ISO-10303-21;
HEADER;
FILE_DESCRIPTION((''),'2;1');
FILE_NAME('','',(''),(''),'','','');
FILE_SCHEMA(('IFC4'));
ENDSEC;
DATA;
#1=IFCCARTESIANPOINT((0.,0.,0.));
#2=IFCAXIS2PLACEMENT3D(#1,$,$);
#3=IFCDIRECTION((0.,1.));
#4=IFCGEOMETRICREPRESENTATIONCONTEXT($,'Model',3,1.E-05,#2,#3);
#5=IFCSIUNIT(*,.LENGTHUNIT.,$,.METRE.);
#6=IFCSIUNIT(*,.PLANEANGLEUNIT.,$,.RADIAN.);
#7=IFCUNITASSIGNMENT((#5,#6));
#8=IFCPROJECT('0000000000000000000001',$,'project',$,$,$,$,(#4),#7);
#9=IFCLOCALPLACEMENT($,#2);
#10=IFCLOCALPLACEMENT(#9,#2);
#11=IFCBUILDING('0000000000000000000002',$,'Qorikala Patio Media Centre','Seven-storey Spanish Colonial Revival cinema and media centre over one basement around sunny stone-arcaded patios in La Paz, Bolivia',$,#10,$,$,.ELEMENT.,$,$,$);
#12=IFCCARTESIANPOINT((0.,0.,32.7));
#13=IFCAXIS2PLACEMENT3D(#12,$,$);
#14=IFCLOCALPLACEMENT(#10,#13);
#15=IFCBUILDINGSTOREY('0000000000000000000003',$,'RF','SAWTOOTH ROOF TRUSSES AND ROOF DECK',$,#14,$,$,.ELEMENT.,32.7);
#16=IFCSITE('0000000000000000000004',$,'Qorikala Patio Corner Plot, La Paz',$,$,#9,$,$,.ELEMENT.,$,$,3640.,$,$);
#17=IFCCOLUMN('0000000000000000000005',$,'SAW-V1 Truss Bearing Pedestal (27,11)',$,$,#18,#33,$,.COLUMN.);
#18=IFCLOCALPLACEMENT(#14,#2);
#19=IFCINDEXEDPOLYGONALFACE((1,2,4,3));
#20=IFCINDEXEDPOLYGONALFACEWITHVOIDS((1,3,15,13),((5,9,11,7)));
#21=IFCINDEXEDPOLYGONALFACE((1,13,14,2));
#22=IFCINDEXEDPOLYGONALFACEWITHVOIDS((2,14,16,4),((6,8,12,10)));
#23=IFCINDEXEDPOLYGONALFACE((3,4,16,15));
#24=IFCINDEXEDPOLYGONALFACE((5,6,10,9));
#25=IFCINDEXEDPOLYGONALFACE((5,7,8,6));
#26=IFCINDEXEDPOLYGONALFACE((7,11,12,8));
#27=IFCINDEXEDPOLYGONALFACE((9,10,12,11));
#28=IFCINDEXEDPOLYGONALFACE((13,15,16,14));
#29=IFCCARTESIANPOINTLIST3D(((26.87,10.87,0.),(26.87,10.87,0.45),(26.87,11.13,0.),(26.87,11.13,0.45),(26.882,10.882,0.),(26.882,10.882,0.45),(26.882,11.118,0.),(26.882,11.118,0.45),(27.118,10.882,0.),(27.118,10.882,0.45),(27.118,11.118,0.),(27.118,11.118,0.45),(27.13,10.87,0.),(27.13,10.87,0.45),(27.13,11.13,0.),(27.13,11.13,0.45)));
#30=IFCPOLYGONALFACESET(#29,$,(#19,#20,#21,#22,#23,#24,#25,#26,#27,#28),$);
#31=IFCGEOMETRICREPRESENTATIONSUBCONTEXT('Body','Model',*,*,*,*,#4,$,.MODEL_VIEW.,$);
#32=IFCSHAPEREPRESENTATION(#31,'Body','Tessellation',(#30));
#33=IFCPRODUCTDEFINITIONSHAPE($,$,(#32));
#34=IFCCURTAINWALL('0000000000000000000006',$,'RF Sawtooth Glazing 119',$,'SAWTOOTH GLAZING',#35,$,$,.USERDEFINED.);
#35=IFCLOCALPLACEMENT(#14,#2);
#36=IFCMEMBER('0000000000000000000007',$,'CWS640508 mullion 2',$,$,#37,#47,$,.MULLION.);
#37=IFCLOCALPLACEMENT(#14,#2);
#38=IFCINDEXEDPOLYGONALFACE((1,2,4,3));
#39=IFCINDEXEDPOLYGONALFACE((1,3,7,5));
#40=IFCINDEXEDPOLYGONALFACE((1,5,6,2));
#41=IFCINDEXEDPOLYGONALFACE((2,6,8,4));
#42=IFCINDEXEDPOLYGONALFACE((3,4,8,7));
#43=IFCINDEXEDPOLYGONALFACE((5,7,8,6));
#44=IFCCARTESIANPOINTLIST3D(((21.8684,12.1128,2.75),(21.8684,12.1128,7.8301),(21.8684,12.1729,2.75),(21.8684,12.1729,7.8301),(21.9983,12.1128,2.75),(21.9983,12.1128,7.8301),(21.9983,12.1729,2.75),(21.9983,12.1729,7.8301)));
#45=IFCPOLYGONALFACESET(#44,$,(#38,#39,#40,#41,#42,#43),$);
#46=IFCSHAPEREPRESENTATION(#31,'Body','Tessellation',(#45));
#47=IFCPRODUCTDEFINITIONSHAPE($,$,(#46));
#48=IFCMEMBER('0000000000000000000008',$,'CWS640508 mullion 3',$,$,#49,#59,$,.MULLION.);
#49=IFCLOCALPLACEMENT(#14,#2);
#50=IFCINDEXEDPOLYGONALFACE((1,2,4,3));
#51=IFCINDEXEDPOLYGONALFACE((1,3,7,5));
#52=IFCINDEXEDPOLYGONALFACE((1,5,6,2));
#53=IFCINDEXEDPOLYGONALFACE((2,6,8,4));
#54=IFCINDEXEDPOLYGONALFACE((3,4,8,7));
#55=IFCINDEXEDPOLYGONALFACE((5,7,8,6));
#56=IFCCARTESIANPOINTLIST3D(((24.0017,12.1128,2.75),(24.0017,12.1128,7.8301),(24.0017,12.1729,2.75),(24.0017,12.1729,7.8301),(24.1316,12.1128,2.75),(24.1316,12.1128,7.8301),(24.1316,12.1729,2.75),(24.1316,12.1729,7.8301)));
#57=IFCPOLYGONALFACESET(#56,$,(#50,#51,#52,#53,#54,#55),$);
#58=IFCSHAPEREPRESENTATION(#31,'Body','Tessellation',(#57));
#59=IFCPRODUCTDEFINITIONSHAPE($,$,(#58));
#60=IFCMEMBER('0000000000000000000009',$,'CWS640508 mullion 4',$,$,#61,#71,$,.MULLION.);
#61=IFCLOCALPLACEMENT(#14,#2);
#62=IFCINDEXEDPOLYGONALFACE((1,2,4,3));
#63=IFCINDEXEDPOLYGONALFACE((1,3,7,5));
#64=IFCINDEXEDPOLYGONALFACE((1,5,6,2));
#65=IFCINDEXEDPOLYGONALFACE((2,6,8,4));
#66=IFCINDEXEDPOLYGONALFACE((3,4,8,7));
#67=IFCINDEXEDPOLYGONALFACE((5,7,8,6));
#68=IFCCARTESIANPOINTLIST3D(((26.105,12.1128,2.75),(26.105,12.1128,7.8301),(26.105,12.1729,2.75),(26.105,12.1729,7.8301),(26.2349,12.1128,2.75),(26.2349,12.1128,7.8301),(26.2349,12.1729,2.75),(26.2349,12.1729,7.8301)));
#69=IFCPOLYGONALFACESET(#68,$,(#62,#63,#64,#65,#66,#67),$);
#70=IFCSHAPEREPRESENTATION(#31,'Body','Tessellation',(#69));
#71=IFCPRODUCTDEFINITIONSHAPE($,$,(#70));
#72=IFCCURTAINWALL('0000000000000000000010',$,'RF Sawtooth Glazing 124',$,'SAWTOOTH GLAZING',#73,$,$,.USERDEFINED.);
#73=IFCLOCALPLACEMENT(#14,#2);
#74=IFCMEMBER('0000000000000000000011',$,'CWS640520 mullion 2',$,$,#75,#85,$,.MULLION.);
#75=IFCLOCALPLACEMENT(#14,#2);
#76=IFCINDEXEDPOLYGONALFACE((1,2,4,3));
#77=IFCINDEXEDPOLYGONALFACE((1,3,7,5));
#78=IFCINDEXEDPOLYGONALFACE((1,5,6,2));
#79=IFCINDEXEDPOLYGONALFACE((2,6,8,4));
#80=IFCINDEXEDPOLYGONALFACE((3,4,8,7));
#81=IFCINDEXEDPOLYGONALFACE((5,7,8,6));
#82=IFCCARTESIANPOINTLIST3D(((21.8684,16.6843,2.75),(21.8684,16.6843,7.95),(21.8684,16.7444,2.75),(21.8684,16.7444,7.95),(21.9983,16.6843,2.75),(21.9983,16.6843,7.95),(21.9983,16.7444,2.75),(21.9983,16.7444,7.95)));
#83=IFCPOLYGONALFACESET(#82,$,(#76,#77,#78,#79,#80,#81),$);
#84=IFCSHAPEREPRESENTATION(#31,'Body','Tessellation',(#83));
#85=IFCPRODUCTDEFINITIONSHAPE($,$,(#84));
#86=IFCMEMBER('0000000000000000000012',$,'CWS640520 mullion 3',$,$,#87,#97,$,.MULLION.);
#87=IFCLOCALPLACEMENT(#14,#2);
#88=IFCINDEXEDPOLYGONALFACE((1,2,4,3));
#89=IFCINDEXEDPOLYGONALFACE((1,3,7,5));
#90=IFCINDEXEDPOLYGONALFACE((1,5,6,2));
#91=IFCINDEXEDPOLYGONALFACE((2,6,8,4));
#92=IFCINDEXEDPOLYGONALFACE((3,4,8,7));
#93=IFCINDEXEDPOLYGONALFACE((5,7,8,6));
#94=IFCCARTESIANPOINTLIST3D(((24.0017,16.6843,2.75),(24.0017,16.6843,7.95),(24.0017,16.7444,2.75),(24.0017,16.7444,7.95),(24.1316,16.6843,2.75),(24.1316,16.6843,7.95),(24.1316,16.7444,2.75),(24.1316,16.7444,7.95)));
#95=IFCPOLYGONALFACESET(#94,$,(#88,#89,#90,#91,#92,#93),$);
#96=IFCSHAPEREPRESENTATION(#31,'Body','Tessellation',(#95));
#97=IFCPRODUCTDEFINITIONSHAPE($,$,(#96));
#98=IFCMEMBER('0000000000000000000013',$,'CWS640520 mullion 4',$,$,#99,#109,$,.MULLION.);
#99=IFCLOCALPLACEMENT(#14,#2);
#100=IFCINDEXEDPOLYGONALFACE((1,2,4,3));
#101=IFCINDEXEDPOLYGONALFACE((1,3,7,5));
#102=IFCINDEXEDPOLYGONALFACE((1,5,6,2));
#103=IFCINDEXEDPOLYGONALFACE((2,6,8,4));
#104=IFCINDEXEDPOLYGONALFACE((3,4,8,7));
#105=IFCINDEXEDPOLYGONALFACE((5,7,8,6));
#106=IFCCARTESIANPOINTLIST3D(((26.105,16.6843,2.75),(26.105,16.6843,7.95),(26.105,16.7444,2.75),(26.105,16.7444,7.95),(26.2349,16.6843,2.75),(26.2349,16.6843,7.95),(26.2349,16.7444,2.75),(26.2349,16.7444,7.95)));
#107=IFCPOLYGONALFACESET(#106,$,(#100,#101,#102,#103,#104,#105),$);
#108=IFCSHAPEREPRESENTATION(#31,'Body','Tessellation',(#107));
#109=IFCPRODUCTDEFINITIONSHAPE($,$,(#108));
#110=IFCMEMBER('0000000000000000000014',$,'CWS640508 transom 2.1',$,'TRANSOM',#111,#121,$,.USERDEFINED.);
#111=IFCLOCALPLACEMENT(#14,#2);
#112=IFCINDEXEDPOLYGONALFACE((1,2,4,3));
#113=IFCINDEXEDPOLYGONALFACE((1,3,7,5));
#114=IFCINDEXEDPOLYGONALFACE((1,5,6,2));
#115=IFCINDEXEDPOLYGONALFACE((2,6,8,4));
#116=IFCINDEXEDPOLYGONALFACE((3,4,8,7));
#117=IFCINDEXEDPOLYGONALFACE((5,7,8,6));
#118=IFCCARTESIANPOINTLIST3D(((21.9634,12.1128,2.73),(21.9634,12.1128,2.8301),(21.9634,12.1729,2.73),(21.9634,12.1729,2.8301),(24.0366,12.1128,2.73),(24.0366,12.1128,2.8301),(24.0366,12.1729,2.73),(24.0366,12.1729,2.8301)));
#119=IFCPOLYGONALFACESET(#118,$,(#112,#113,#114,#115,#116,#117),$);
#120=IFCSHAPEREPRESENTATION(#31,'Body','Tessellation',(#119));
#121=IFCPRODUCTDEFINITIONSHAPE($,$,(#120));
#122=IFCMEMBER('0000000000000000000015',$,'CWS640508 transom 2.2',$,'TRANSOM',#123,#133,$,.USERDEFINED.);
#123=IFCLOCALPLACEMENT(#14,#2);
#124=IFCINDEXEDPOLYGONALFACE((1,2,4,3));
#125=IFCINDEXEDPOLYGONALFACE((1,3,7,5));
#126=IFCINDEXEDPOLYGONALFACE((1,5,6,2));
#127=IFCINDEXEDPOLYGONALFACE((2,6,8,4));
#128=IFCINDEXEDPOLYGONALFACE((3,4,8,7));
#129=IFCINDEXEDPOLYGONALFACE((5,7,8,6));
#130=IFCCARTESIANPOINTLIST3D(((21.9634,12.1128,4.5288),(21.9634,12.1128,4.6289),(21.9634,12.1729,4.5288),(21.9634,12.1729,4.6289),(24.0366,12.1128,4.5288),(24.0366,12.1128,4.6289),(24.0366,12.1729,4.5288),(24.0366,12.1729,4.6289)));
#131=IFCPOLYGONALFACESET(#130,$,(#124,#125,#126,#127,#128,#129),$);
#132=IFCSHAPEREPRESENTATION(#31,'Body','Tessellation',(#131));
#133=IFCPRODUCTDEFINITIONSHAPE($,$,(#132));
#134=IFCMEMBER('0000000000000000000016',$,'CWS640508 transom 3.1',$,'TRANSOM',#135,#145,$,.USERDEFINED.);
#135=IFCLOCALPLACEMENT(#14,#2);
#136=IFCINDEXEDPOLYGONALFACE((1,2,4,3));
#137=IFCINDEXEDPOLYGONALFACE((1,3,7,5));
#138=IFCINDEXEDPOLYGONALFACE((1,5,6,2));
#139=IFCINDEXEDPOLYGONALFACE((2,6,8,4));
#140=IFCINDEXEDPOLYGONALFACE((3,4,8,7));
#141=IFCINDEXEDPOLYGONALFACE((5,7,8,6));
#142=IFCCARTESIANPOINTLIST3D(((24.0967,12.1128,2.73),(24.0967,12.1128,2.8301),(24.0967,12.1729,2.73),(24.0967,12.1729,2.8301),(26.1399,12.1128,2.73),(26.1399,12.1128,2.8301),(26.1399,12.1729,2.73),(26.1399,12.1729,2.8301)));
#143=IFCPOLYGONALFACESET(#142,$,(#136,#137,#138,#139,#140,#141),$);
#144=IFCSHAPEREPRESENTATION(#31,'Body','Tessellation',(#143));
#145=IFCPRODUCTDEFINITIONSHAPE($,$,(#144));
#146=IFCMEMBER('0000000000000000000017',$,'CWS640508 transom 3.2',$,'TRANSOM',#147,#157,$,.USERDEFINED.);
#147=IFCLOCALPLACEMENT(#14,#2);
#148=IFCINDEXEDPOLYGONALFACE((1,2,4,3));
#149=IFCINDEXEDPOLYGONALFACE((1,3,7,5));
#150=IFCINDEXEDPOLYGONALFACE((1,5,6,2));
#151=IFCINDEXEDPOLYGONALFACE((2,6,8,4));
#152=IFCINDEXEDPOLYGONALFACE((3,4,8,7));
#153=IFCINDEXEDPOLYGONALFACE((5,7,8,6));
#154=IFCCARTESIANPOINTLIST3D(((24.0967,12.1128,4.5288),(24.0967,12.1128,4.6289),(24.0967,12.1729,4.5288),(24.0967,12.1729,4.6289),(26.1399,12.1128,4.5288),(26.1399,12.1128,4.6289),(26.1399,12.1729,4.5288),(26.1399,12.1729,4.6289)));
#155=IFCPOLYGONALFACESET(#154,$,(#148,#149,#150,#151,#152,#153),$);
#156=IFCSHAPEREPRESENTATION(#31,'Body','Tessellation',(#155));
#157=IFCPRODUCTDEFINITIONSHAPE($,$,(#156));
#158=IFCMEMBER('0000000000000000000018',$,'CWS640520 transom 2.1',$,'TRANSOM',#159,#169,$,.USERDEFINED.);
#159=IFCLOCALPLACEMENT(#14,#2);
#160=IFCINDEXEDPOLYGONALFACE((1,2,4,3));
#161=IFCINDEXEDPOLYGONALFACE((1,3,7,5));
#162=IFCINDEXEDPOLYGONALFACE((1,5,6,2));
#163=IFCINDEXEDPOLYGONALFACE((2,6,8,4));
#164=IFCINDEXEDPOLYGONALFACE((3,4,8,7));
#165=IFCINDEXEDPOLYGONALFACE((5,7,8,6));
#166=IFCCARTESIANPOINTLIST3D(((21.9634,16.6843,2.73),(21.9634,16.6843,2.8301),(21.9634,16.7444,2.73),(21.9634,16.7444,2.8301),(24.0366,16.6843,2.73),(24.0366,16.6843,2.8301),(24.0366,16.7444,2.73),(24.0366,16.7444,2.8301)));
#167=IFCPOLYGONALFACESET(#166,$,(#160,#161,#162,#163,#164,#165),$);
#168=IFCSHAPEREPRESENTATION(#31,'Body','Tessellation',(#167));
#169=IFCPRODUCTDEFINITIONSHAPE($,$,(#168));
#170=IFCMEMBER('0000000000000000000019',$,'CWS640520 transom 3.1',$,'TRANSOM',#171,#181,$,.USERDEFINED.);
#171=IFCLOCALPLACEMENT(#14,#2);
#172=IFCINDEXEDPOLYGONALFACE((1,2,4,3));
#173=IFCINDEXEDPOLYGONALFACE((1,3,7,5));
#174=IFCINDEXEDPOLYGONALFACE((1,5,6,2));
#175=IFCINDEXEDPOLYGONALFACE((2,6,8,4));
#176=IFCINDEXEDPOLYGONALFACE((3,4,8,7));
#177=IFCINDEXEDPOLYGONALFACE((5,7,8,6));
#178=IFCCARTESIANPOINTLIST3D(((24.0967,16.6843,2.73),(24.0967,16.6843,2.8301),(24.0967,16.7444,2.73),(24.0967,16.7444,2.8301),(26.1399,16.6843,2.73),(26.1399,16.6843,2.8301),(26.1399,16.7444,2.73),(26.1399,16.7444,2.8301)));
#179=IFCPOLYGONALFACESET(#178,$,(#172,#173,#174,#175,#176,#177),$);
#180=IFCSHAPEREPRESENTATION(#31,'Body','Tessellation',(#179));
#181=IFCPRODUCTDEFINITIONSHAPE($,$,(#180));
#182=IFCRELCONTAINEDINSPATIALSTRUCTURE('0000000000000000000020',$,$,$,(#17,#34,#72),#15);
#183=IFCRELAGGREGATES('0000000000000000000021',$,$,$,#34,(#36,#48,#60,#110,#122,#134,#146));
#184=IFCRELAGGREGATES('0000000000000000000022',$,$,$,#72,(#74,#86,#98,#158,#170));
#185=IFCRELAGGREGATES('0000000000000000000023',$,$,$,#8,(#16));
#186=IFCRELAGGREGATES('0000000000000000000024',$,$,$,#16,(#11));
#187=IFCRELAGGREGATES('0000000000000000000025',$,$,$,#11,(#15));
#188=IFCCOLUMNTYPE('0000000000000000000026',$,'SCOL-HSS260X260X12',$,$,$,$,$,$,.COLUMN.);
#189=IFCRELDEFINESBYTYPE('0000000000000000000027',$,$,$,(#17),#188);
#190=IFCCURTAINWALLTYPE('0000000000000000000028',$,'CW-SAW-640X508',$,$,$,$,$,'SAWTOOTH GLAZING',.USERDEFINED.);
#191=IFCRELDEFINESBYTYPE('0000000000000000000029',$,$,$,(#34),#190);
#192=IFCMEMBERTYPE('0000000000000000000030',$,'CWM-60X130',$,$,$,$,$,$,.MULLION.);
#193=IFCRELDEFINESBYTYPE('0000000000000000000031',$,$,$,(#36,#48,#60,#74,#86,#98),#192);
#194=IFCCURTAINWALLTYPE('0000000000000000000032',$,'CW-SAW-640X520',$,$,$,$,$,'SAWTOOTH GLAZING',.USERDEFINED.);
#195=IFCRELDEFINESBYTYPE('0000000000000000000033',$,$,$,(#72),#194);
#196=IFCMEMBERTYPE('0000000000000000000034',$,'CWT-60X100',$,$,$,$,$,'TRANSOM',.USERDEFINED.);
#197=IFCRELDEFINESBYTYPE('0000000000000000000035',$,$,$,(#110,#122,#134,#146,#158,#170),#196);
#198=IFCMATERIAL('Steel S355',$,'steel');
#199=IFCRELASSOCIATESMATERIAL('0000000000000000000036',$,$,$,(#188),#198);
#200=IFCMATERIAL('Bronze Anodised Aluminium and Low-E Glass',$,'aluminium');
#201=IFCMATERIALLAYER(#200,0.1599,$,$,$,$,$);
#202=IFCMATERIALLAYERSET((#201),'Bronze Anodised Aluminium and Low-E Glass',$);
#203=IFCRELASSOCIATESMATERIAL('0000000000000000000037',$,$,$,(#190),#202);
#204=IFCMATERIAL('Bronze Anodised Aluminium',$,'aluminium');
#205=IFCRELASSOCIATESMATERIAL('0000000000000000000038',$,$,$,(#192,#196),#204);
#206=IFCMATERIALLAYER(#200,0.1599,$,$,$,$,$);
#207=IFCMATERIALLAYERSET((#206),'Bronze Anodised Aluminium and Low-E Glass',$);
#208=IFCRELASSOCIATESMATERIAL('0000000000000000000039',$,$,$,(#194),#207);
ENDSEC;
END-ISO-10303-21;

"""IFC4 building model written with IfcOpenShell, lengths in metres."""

from ifc_helpers import new_model, si_unit, direction, frame, origin, origin_2d, place, context, subcontext, project, spatial, rectangle, hollow_rectangle, extrude, material, layer, layer_set, material_profile, profile_set, type_object, element, aggregate, save


model = new_model("IFC4")

# Units and contexts
model_context = context("Model", 3, precision=1e-05, world=origin(), true_north=direction((0.0, 1.0)))
body_context = subcontext(model_context, "Body", "Model", "MODEL_VIEW")
ifc_project = project(units=[si_unit("LENGTHUNIT", "METRE"), si_unit("PLANEANGLEUNIT", "RADIAN")], contexts=[model_context])

# Site, building, storey
site_placement = place(None, origin())
site = spatial("IfcSite", under=ifc_project, at=site_placement, Name="Qorikala Patio Corner Plot, La Paz", CompositionType="ELEMENT", RefElevation=3640.0)
building_placement = place(site_placement, origin())
building = spatial("IfcBuilding", under=site, at=building_placement, Name="Qorikala Patio Media Centre", Description="Seven-storey Spanish Colonial Revival cinema and media centre over one basement around sunny stone-arcaded patios in La Paz, Bolivia", CompositionType="ELEMENT")
storey_placement = place(building_placement, frame((0.0, 0.0, 32.7)))
storey = spatial("IfcBuildingStorey", under=building, at=storey_placement, Name="RF", Description="SAWTOOTH ROOF TRUSSES AND ROOF DECK", CompositionType="ELEMENT", Elevation=32.7)

# Column
ifc_material_1 = material(Name="Steel S355", Category="steel")
ifc_material_profile_1 = material_profile(ifc_material_1, hollow_rectangle(XDim=0.26, YDim=0.26, WallThickness=0.012, at=origin_2d()), Name="HSS260X260X12")
ifc_profile_set_1 = profile_set([ifc_material_profile_1], Name="Steel S355")
column_type = type_object("IfcColumnType", Name="SCOL-HSS260X260X12", PredefinedType="COLUMN", material=ifc_profile_set_1)
column_placement = place(storey_placement, frame((27.0, 11.0, 0.0), z_axis=(0.0, 0.0, 1.0), x_axis=(1.0, 0.0, 0.0)))
element("IfcColumn", 1, at=column_placement, inside=storey, type_object=column_type, Name="SAW-V1 Truss Bearing Pedestal (27,11)", PredefinedType="COLUMN", context=body_context, shape_type="SweptSolid", body=[
    extrude(hollow_rectangle(XDim=0.26, YDim=0.26, WallThickness=0.012, at=origin_2d()), origin(), (0.0, 0.0, 1.0), 0.45),
])

# Curtain walls, members
ifc_material_2 = material(Name="Bronze Anodised Aluminium and Low-E Glass", Category="aluminium")
ifc_layer_1 = layer(ifc_material_2, 0.1599)
ifc_layer_set_1 = layer_set([ifc_layer_1], Name="Bronze Anodised Aluminium and Low-E Glass")
curtain_wall_type_1 = type_object("IfcCurtainWallType", Name="CW-SAW-640X508", ElementType="SAWTOOTH GLAZING", PredefinedType="USERDEFINED", material=ifc_layer_set_1)
curtain_wall_1_placement = place(storey_placement, origin())
curtain_wall_1 = element("IfcCurtainWall", 2, at=curtain_wall_1_placement, inside=storey, type_object=curtain_wall_type_1, Name="RF Sawtooth Glazing 119", ObjectType="SAWTOOTH GLAZING", PredefinedType="USERDEFINED")
ifc_material_3 = material(Name="Bronze Anodised Aluminium", Category="aluminium")
ifc_material_profile_2 = material_profile(ifc_material_3, rectangle(XDim=0.0601, YDim=0.1299, at=origin_2d()), Name="ALU MULLION 60x130")
ifc_profile_set_2 = profile_set([ifc_material_profile_2], Name="Bronze Anodised Aluminium")
member_type_1 = type_object("IfcMemberType", Name="CWM-60X130", PredefinedType="MULLION", material=ifc_profile_set_2)
member_1_placement = place(storey_placement, frame((21.9333, 12.1428, 2.75), z_axis=(0.0, 0.0, 1.0), x_axis=(0.0, 1.0, 0.0)))
member_1 = element("IfcMember", 3, at=member_1_placement, type_object=member_type_1, Name="CWS640508 mullion 2", PredefinedType="MULLION", context=body_context, shape_type="SweptSolid", body=[
    extrude(rectangle(XDim=0.0601, YDim=0.1299, at=origin_2d()), origin(), (0.0, 0.0, 1.0), 5.0801),
])
member_2_placement = place(storey_placement, frame((24.0667, 12.1428, 2.75), z_axis=(0.0, 0.0, 1.0), x_axis=(0.0, 1.0, 0.0)))
member_2 = element("IfcMember", 4, at=member_2_placement, type_object=member_type_1, Name="CWS640508 mullion 3", PredefinedType="MULLION", context=body_context, shape_type="SweptSolid", body=[
    extrude(rectangle(XDim=0.0601, YDim=0.1299, at=origin_2d()), origin(), (0.0, 0.0, 1.0), 5.0801),
])
member_3_placement = place(storey_placement, frame((26.1699, 12.1428, 2.75), z_axis=(0.0, 0.0, 1.0), x_axis=(0.0, 1.0, 0.0)))
member_3 = element("IfcMember", 5, at=member_3_placement, type_object=member_type_1, Name="CWS640508 mullion 4", PredefinedType="MULLION", context=body_context, shape_type="SweptSolid", body=[
    extrude(rectangle(XDim=0.0601, YDim=0.1299, at=origin_2d()), origin(), (0.0, 0.0, 1.0), 5.0801),
])
ifc_layer_2 = layer(ifc_material_2, 0.1599)
ifc_layer_set_2 = layer_set([ifc_layer_2], Name="Bronze Anodised Aluminium and Low-E Glass")
curtain_wall_type_2 = type_object("IfcCurtainWallType", Name="CW-SAW-640X520", ElementType="SAWTOOTH GLAZING", PredefinedType="USERDEFINED", material=ifc_layer_set_2)
curtain_wall_2_placement = place(storey_placement, origin())
curtain_wall_2 = element("IfcCurtainWall", 6, at=curtain_wall_2_placement, inside=storey, type_object=curtain_wall_type_2, Name="RF Sawtooth Glazing 124", ObjectType="SAWTOOTH GLAZING", PredefinedType="USERDEFINED")
member_4_placement = place(storey_placement, frame((21.9333, 16.7144, 2.75), z_axis=(0.0, 0.0, 1.0), x_axis=(0.0, 1.0, 0.0)))
member_4 = element("IfcMember", 7, at=member_4_placement, type_object=member_type_1, Name="CWS640520 mullion 2", PredefinedType="MULLION", context=body_context, shape_type="SweptSolid", body=[
    extrude(rectangle(XDim=0.0601, YDim=0.1299, at=origin_2d()), origin(), (0.0, 0.0, 1.0), 5.2),
])
member_5_placement = place(storey_placement, frame((24.0667, 16.7144, 2.75), z_axis=(0.0, 0.0, 1.0), x_axis=(0.0, 1.0, 0.0)))
member_5 = element("IfcMember", 8, at=member_5_placement, type_object=member_type_1, Name="CWS640520 mullion 3", PredefinedType="MULLION", context=body_context, shape_type="SweptSolid", body=[
    extrude(rectangle(XDim=0.0601, YDim=0.1299, at=origin_2d()), origin(), (0.0, 0.0, 1.0), 5.2),
])
member_6_placement = place(storey_placement, frame((26.1699, 16.7144, 2.75), z_axis=(0.0, 0.0, 1.0), x_axis=(0.0, 1.0, 0.0)))
member_6 = element("IfcMember", 9, at=member_6_placement, type_object=member_type_1, Name="CWS640520 mullion 4", PredefinedType="MULLION", context=body_context, shape_type="SweptSolid", body=[
    extrude(rectangle(XDim=0.0601, YDim=0.1299, at=origin_2d()), origin(), (0.0, 0.0, 1.0), 5.2),
])

# Members
ifc_material_profile_3 = material_profile(ifc_material_3, rectangle(XDim=0.0601, YDim=0.1001, at=origin_2d()), Name="ALU TRANSOM 60x100")
ifc_profile_set_3 = profile_set([ifc_material_profile_3], Name="Bronze Anodised Aluminium")
member_type_2 = type_object("IfcMemberType", Name="CWT-60X100", ElementType="TRANSOM", PredefinedType="USERDEFINED", material=ifc_profile_set_3)
member_7_placement = place(storey_placement, frame((21.9634, 12.1428, 2.78), z_axis=(1.0, 0.0, 0.0), x_axis=(0.0, 1.0, 0.0)))
member_7 = element("IfcMember", 10, at=member_7_placement, type_object=member_type_2, Name="CWS640508 transom 2.1", ObjectType="TRANSOM", PredefinedType="USERDEFINED", context=body_context, shape_type="SweptSolid", body=[
    extrude(rectangle(XDim=0.0601, YDim=0.1001, at=origin_2d()), origin(), (0.0, 0.0, 1.0), 2.0732),
])
member_8_placement = place(storey_placement, frame((21.9634, 12.1428, 4.5789), z_axis=(1.0, 0.0, 0.0), x_axis=(0.0, 1.0, 0.0)))
member_8 = element("IfcMember", 11, at=member_8_placement, type_object=member_type_2, Name="CWS640508 transom 2.2", ObjectType="TRANSOM", PredefinedType="USERDEFINED", context=body_context, shape_type="SweptSolid", body=[
    extrude(rectangle(XDim=0.0601, YDim=0.1001, at=origin_2d()), origin(), (0.0, 0.0, 1.0), 2.0732),
])
member_9_placement = place(storey_placement, frame((24.0967, 12.1428, 2.78), z_axis=(1.0, 0.0, 0.0), x_axis=(0.0, 1.0, 0.0)))
member_9 = element("IfcMember", 12, at=member_9_placement, type_object=member_type_2, Name="CWS640508 transom 3.1", ObjectType="TRANSOM", PredefinedType="USERDEFINED", context=body_context, shape_type="SweptSolid", body=[
    extrude(rectangle(XDim=0.0601, YDim=0.1001, at=origin_2d()), origin(), (0.0, 0.0, 1.0), 2.0432),
])
member_10_placement = place(storey_placement, frame((24.0967, 12.1428, 4.5789), z_axis=(1.0, 0.0, 0.0), x_axis=(0.0, 1.0, 0.0)))
member_10 = element("IfcMember", 13, at=member_10_placement, type_object=member_type_2, Name="CWS640508 transom 3.2", ObjectType="TRANSOM", PredefinedType="USERDEFINED", context=body_context, shape_type="SweptSolid", body=[
    extrude(rectangle(XDim=0.0601, YDim=0.1001, at=origin_2d()), origin(), (0.0, 0.0, 1.0), 2.0432),
])
member_11_placement = place(storey_placement, frame((21.9634, 16.7144, 2.78), z_axis=(1.0, 0.0, 0.0), x_axis=(0.0, 1.0, 0.0)))
member_11 = element("IfcMember", 14, at=member_11_placement, type_object=member_type_2, Name="CWS640520 transom 2.1", ObjectType="TRANSOM", PredefinedType="USERDEFINED", context=body_context, shape_type="SweptSolid", body=[
    extrude(rectangle(XDim=0.0601, YDim=0.1001, at=origin_2d()), origin(), (0.0, 0.0, 1.0), 2.0732),
])
member_12_placement = place(storey_placement, frame((24.0967, 16.7144, 2.78), z_axis=(1.0, 0.0, 0.0), x_axis=(0.0, 1.0, 0.0)))
member_12 = element("IfcMember", 15, at=member_12_placement, type_object=member_type_2, Name="CWS640520 transom 3.1", ObjectType="TRANSOM", PredefinedType="USERDEFINED", context=body_context, shape_type="SweptSolid", body=[
    extrude(rectangle(XDim=0.0601, YDim=0.1001, at=origin_2d()), origin(), (0.0, 0.0, 1.0), 2.0432),
])

aggregate(curtain_wall_1, [member_1, member_2, member_3, member_7, member_8, member_9, member_10])
aggregate(curtain_wall_2, [member_4, member_5, member_6, member_11, member_12])

save(model, "model.ifc")
